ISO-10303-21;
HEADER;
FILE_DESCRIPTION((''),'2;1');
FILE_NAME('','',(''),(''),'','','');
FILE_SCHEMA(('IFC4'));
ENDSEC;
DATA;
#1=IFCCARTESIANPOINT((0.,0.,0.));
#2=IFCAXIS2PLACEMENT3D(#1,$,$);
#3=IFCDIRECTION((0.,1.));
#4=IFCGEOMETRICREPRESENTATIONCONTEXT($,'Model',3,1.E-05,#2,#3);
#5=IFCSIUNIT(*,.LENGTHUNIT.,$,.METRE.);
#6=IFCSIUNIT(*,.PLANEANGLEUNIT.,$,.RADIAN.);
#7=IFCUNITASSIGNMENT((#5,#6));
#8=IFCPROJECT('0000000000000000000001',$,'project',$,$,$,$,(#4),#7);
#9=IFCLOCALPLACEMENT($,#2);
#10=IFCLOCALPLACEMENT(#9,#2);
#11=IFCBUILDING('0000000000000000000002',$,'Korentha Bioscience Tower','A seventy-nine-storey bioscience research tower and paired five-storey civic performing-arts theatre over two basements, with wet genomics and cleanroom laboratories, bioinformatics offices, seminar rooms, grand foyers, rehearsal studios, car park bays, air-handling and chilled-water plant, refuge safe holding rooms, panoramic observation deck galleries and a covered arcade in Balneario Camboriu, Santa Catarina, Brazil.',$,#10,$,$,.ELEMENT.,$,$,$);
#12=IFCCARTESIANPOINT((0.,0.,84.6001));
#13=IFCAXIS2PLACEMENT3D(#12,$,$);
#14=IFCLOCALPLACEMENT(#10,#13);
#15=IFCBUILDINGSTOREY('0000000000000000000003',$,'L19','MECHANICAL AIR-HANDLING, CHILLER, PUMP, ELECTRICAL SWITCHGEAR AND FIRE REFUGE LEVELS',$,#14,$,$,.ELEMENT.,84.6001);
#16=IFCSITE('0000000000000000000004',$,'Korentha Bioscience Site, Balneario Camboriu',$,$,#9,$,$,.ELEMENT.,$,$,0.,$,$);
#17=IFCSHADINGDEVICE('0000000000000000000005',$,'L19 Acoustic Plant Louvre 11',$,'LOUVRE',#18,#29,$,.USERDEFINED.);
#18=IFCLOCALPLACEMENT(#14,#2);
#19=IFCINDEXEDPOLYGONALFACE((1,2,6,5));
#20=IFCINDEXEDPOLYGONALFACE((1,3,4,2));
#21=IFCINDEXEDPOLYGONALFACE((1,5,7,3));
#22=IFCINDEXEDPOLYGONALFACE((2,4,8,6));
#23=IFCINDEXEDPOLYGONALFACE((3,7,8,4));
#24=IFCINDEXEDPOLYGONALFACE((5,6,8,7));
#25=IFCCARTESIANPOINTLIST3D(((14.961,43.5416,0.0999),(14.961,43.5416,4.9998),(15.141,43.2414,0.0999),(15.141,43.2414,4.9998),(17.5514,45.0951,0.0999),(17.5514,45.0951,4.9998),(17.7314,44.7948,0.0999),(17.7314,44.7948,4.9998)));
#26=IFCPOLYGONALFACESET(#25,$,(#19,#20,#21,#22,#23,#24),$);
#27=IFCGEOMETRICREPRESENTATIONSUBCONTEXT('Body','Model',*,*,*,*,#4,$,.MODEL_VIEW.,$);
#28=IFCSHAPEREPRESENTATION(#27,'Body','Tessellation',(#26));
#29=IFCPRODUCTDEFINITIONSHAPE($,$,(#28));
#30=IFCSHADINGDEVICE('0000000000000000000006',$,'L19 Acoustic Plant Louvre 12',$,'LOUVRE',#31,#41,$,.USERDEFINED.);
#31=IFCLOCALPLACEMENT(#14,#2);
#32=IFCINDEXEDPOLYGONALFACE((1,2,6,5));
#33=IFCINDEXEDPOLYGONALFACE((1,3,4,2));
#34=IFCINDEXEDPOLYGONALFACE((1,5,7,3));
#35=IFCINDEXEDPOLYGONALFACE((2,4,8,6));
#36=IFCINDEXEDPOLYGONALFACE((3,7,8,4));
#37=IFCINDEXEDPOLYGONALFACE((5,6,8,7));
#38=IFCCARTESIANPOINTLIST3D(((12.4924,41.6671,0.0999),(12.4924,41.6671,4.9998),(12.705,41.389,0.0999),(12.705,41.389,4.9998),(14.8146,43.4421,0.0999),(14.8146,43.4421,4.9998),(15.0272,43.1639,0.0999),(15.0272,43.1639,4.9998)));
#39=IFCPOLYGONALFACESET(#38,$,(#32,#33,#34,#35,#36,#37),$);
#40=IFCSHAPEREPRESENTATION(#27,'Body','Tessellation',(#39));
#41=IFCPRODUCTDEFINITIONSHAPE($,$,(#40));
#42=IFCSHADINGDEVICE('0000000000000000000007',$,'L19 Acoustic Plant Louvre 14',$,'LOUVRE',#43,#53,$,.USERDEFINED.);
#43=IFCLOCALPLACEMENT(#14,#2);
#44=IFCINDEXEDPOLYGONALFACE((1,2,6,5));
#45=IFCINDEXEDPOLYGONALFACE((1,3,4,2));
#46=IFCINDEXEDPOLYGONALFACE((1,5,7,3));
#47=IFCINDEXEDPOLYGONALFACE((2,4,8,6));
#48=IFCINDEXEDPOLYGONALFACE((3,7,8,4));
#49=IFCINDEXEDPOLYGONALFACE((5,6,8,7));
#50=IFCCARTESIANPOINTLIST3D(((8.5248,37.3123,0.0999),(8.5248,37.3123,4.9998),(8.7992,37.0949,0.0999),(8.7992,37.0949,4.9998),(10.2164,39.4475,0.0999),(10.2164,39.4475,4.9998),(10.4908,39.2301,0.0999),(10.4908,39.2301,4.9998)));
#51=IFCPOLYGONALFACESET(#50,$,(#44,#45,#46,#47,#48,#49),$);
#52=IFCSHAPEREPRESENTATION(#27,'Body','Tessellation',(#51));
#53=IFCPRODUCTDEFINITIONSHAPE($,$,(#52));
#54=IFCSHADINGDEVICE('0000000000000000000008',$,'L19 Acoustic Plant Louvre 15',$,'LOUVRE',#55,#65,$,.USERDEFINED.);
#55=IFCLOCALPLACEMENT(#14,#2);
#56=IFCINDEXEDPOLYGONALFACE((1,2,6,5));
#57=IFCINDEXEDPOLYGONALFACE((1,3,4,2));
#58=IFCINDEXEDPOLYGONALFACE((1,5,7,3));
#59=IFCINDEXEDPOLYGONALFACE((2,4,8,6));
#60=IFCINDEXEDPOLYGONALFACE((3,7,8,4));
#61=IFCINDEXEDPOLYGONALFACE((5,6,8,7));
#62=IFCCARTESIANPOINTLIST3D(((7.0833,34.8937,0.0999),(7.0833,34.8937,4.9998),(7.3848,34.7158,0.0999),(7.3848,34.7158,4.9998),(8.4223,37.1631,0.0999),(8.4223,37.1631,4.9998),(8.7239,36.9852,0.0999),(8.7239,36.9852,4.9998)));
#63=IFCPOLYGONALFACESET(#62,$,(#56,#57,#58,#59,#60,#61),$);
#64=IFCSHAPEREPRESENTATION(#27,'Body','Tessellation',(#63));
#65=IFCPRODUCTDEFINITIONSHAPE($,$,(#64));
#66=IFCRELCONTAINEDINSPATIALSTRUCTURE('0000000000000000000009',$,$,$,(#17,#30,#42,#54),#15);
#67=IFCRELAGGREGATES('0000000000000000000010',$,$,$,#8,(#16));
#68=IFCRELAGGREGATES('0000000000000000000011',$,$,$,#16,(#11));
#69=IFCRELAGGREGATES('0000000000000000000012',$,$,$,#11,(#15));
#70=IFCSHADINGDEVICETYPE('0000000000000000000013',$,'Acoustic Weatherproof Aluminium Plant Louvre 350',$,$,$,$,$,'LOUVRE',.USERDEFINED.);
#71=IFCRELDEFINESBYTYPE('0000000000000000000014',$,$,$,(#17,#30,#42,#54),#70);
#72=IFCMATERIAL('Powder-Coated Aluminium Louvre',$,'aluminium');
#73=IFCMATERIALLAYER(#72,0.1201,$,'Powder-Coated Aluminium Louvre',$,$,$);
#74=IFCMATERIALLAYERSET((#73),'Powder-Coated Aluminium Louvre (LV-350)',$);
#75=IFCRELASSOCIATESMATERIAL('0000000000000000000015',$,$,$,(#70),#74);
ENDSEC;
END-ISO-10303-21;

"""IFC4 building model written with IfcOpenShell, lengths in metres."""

from ifc_helpers import new_model, si_unit, direction, frame, origin, origin_2d, place, context, subcontext, project, spatial, rectangle, extrude, material, layer, layer_set, type_object, element, save


model = new_model("IFC4")

# Units and contexts
model_context = context("Model", 3, precision=1e-05, world=origin(), true_north=direction((0.0, 1.0)))
body_context = subcontext(model_context, "Body", "Model", "MODEL_VIEW")
ifc_project = project(units=[si_unit("LENGTHUNIT", "METRE"), si_unit("PLANEANGLEUNIT", "RADIAN")], contexts=[model_context])

# Site, building, storey
site_placement = place(None, origin())
site = spatial("IfcSite", under=ifc_project, at=site_placement, Name="Korentha Bioscience Site, Balneario Camboriu", CompositionType="ELEMENT", RefElevation=0.0)
building_placement = place(site_placement, origin())
building = spatial("IfcBuilding", under=site, at=building_placement, Name="Korentha Bioscience Tower", Description="A seventy-nine-storey bioscience research tower and paired five-storey civic performing-arts theatre over two basements, with wet genomics and cleanroom laboratories, bioinformatics offices, seminar rooms, grand foyers, rehearsal studios, car park bays, air-handling and chilled-water plant, refuge safe holding rooms, panoramic observation deck galleries and a covered arcade in Balneario Camboriu, Santa Catarina, Brazil.", CompositionType="ELEMENT")
storey_placement = place(building_placement, frame((0.0, 0.0, 84.6001)))
storey = spatial("IfcBuildingStorey", under=building, at=storey_placement, Name="L19", Description="MECHANICAL AIR-HANDLING, CHILLER, PUMP, ELECTRICAL SWITCHGEAR AND FIRE REFUGE LEVELS", CompositionType="ELEMENT", Elevation=84.6001)

# Shading devices
ifc_material_1 = material(Name="Powder-Coated Aluminium Louvre", Category="aluminium")
ifc_layer_1 = layer(ifc_material_1, 0.1201, Name="Powder-Coated Aluminium Louvre")
ifc_layer_set_1 = layer_set([ifc_layer_1], Name="Powder-Coated Aluminium Louvre (LV-350)")
shading_device_type = type_object("IfcShadingDeviceType", Name="Acoustic Weatherproof Aluminium Plant Louvre 350", ElementType="LOUVRE", PredefinedType="USERDEFINED", material=ifc_layer_set_1)
shading_device_1_placement = place(storey_placement, frame((16.3462, 44.1682, 0.0999), z_axis=(0.0, 0.0, 1.0), x_axis=(-0.857604, -0.514311, 0.0)))
element("IfcShadingDevice", 1, at=shading_device_1_placement, inside=storey, type_object=shading_device_type, Name="L19 Acoustic Plant Louvre 11", ObjectType="LOUVRE", PredefinedType="USERDEFINED", context=body_context, shape_type="SweptSolid", body=[
    extrude(rectangle(XDim=3.0205, YDim=0.3501, at=origin_2d()), origin(), (0.0, 0.0, 1.0), 4.8999),
])
shading_device_2_placement = place(storey_placement, frame((13.7598, 42.4155, 0.0999), z_axis=(0.0, 0.0, 1.0), x_axis=(-0.794498, -0.607267, 0.0)))
element("IfcShadingDevice", 2, at=shading_device_2_placement, inside=storey, type_object=shading_device_type, Name="L19 Acoustic Plant Louvre 12", ObjectType="LOUVRE", PredefinedType="USERDEFINED", context=body_context, shape_type="SweptSolid", body=[
    extrude(rectangle(XDim=2.9229, YDim=0.3501, at=origin_2d()), origin(), (0.0, 0.0, 1.0), 4.8999),
])
shading_device_3_placement = place(storey_placement, frame((9.5078, 38.2712, 0.0999), z_axis=(0.0, 0.0, 1.0), x_axis=(-0.620992, -0.783817, 0.0)))
element("IfcShadingDevice", 3, at=shading_device_3_placement, inside=storey, type_object=shading_device_type, Name="L19 Acoustic Plant Louvre 14", ObjectType="LOUVRE", PredefinedType="USERDEFINED", context=body_context, shape_type="SweptSolid", body=[
    extrude(rectangle(XDim=2.7241, YDim=0.3501, at=origin_2d()), origin(), (0.0, 0.0, 1.0), 4.8999),
])
shading_device_4_placement = place(storey_placement, frame((7.9036, 35.9395, 0.0999), z_axis=(0.0, 0.0, 1.0), x_axis=(-0.508189, -0.861245, 0.0)))
element("IfcShadingDevice", 4, at=shading_device_4_placement, inside=storey, type_object=shading_device_type, Name="L19 Acoustic Plant Louvre 15", ObjectType="LOUVRE", PredefinedType="USERDEFINED", context=body_context, shape_type="SweptSolid", body=[
    extrude(rectangle(XDim=2.635, YDim=0.3501, at=origin_2d()), origin(), (0.0, 0.0, 1.0), 4.8999),
])

save(model, "model.ifc")
